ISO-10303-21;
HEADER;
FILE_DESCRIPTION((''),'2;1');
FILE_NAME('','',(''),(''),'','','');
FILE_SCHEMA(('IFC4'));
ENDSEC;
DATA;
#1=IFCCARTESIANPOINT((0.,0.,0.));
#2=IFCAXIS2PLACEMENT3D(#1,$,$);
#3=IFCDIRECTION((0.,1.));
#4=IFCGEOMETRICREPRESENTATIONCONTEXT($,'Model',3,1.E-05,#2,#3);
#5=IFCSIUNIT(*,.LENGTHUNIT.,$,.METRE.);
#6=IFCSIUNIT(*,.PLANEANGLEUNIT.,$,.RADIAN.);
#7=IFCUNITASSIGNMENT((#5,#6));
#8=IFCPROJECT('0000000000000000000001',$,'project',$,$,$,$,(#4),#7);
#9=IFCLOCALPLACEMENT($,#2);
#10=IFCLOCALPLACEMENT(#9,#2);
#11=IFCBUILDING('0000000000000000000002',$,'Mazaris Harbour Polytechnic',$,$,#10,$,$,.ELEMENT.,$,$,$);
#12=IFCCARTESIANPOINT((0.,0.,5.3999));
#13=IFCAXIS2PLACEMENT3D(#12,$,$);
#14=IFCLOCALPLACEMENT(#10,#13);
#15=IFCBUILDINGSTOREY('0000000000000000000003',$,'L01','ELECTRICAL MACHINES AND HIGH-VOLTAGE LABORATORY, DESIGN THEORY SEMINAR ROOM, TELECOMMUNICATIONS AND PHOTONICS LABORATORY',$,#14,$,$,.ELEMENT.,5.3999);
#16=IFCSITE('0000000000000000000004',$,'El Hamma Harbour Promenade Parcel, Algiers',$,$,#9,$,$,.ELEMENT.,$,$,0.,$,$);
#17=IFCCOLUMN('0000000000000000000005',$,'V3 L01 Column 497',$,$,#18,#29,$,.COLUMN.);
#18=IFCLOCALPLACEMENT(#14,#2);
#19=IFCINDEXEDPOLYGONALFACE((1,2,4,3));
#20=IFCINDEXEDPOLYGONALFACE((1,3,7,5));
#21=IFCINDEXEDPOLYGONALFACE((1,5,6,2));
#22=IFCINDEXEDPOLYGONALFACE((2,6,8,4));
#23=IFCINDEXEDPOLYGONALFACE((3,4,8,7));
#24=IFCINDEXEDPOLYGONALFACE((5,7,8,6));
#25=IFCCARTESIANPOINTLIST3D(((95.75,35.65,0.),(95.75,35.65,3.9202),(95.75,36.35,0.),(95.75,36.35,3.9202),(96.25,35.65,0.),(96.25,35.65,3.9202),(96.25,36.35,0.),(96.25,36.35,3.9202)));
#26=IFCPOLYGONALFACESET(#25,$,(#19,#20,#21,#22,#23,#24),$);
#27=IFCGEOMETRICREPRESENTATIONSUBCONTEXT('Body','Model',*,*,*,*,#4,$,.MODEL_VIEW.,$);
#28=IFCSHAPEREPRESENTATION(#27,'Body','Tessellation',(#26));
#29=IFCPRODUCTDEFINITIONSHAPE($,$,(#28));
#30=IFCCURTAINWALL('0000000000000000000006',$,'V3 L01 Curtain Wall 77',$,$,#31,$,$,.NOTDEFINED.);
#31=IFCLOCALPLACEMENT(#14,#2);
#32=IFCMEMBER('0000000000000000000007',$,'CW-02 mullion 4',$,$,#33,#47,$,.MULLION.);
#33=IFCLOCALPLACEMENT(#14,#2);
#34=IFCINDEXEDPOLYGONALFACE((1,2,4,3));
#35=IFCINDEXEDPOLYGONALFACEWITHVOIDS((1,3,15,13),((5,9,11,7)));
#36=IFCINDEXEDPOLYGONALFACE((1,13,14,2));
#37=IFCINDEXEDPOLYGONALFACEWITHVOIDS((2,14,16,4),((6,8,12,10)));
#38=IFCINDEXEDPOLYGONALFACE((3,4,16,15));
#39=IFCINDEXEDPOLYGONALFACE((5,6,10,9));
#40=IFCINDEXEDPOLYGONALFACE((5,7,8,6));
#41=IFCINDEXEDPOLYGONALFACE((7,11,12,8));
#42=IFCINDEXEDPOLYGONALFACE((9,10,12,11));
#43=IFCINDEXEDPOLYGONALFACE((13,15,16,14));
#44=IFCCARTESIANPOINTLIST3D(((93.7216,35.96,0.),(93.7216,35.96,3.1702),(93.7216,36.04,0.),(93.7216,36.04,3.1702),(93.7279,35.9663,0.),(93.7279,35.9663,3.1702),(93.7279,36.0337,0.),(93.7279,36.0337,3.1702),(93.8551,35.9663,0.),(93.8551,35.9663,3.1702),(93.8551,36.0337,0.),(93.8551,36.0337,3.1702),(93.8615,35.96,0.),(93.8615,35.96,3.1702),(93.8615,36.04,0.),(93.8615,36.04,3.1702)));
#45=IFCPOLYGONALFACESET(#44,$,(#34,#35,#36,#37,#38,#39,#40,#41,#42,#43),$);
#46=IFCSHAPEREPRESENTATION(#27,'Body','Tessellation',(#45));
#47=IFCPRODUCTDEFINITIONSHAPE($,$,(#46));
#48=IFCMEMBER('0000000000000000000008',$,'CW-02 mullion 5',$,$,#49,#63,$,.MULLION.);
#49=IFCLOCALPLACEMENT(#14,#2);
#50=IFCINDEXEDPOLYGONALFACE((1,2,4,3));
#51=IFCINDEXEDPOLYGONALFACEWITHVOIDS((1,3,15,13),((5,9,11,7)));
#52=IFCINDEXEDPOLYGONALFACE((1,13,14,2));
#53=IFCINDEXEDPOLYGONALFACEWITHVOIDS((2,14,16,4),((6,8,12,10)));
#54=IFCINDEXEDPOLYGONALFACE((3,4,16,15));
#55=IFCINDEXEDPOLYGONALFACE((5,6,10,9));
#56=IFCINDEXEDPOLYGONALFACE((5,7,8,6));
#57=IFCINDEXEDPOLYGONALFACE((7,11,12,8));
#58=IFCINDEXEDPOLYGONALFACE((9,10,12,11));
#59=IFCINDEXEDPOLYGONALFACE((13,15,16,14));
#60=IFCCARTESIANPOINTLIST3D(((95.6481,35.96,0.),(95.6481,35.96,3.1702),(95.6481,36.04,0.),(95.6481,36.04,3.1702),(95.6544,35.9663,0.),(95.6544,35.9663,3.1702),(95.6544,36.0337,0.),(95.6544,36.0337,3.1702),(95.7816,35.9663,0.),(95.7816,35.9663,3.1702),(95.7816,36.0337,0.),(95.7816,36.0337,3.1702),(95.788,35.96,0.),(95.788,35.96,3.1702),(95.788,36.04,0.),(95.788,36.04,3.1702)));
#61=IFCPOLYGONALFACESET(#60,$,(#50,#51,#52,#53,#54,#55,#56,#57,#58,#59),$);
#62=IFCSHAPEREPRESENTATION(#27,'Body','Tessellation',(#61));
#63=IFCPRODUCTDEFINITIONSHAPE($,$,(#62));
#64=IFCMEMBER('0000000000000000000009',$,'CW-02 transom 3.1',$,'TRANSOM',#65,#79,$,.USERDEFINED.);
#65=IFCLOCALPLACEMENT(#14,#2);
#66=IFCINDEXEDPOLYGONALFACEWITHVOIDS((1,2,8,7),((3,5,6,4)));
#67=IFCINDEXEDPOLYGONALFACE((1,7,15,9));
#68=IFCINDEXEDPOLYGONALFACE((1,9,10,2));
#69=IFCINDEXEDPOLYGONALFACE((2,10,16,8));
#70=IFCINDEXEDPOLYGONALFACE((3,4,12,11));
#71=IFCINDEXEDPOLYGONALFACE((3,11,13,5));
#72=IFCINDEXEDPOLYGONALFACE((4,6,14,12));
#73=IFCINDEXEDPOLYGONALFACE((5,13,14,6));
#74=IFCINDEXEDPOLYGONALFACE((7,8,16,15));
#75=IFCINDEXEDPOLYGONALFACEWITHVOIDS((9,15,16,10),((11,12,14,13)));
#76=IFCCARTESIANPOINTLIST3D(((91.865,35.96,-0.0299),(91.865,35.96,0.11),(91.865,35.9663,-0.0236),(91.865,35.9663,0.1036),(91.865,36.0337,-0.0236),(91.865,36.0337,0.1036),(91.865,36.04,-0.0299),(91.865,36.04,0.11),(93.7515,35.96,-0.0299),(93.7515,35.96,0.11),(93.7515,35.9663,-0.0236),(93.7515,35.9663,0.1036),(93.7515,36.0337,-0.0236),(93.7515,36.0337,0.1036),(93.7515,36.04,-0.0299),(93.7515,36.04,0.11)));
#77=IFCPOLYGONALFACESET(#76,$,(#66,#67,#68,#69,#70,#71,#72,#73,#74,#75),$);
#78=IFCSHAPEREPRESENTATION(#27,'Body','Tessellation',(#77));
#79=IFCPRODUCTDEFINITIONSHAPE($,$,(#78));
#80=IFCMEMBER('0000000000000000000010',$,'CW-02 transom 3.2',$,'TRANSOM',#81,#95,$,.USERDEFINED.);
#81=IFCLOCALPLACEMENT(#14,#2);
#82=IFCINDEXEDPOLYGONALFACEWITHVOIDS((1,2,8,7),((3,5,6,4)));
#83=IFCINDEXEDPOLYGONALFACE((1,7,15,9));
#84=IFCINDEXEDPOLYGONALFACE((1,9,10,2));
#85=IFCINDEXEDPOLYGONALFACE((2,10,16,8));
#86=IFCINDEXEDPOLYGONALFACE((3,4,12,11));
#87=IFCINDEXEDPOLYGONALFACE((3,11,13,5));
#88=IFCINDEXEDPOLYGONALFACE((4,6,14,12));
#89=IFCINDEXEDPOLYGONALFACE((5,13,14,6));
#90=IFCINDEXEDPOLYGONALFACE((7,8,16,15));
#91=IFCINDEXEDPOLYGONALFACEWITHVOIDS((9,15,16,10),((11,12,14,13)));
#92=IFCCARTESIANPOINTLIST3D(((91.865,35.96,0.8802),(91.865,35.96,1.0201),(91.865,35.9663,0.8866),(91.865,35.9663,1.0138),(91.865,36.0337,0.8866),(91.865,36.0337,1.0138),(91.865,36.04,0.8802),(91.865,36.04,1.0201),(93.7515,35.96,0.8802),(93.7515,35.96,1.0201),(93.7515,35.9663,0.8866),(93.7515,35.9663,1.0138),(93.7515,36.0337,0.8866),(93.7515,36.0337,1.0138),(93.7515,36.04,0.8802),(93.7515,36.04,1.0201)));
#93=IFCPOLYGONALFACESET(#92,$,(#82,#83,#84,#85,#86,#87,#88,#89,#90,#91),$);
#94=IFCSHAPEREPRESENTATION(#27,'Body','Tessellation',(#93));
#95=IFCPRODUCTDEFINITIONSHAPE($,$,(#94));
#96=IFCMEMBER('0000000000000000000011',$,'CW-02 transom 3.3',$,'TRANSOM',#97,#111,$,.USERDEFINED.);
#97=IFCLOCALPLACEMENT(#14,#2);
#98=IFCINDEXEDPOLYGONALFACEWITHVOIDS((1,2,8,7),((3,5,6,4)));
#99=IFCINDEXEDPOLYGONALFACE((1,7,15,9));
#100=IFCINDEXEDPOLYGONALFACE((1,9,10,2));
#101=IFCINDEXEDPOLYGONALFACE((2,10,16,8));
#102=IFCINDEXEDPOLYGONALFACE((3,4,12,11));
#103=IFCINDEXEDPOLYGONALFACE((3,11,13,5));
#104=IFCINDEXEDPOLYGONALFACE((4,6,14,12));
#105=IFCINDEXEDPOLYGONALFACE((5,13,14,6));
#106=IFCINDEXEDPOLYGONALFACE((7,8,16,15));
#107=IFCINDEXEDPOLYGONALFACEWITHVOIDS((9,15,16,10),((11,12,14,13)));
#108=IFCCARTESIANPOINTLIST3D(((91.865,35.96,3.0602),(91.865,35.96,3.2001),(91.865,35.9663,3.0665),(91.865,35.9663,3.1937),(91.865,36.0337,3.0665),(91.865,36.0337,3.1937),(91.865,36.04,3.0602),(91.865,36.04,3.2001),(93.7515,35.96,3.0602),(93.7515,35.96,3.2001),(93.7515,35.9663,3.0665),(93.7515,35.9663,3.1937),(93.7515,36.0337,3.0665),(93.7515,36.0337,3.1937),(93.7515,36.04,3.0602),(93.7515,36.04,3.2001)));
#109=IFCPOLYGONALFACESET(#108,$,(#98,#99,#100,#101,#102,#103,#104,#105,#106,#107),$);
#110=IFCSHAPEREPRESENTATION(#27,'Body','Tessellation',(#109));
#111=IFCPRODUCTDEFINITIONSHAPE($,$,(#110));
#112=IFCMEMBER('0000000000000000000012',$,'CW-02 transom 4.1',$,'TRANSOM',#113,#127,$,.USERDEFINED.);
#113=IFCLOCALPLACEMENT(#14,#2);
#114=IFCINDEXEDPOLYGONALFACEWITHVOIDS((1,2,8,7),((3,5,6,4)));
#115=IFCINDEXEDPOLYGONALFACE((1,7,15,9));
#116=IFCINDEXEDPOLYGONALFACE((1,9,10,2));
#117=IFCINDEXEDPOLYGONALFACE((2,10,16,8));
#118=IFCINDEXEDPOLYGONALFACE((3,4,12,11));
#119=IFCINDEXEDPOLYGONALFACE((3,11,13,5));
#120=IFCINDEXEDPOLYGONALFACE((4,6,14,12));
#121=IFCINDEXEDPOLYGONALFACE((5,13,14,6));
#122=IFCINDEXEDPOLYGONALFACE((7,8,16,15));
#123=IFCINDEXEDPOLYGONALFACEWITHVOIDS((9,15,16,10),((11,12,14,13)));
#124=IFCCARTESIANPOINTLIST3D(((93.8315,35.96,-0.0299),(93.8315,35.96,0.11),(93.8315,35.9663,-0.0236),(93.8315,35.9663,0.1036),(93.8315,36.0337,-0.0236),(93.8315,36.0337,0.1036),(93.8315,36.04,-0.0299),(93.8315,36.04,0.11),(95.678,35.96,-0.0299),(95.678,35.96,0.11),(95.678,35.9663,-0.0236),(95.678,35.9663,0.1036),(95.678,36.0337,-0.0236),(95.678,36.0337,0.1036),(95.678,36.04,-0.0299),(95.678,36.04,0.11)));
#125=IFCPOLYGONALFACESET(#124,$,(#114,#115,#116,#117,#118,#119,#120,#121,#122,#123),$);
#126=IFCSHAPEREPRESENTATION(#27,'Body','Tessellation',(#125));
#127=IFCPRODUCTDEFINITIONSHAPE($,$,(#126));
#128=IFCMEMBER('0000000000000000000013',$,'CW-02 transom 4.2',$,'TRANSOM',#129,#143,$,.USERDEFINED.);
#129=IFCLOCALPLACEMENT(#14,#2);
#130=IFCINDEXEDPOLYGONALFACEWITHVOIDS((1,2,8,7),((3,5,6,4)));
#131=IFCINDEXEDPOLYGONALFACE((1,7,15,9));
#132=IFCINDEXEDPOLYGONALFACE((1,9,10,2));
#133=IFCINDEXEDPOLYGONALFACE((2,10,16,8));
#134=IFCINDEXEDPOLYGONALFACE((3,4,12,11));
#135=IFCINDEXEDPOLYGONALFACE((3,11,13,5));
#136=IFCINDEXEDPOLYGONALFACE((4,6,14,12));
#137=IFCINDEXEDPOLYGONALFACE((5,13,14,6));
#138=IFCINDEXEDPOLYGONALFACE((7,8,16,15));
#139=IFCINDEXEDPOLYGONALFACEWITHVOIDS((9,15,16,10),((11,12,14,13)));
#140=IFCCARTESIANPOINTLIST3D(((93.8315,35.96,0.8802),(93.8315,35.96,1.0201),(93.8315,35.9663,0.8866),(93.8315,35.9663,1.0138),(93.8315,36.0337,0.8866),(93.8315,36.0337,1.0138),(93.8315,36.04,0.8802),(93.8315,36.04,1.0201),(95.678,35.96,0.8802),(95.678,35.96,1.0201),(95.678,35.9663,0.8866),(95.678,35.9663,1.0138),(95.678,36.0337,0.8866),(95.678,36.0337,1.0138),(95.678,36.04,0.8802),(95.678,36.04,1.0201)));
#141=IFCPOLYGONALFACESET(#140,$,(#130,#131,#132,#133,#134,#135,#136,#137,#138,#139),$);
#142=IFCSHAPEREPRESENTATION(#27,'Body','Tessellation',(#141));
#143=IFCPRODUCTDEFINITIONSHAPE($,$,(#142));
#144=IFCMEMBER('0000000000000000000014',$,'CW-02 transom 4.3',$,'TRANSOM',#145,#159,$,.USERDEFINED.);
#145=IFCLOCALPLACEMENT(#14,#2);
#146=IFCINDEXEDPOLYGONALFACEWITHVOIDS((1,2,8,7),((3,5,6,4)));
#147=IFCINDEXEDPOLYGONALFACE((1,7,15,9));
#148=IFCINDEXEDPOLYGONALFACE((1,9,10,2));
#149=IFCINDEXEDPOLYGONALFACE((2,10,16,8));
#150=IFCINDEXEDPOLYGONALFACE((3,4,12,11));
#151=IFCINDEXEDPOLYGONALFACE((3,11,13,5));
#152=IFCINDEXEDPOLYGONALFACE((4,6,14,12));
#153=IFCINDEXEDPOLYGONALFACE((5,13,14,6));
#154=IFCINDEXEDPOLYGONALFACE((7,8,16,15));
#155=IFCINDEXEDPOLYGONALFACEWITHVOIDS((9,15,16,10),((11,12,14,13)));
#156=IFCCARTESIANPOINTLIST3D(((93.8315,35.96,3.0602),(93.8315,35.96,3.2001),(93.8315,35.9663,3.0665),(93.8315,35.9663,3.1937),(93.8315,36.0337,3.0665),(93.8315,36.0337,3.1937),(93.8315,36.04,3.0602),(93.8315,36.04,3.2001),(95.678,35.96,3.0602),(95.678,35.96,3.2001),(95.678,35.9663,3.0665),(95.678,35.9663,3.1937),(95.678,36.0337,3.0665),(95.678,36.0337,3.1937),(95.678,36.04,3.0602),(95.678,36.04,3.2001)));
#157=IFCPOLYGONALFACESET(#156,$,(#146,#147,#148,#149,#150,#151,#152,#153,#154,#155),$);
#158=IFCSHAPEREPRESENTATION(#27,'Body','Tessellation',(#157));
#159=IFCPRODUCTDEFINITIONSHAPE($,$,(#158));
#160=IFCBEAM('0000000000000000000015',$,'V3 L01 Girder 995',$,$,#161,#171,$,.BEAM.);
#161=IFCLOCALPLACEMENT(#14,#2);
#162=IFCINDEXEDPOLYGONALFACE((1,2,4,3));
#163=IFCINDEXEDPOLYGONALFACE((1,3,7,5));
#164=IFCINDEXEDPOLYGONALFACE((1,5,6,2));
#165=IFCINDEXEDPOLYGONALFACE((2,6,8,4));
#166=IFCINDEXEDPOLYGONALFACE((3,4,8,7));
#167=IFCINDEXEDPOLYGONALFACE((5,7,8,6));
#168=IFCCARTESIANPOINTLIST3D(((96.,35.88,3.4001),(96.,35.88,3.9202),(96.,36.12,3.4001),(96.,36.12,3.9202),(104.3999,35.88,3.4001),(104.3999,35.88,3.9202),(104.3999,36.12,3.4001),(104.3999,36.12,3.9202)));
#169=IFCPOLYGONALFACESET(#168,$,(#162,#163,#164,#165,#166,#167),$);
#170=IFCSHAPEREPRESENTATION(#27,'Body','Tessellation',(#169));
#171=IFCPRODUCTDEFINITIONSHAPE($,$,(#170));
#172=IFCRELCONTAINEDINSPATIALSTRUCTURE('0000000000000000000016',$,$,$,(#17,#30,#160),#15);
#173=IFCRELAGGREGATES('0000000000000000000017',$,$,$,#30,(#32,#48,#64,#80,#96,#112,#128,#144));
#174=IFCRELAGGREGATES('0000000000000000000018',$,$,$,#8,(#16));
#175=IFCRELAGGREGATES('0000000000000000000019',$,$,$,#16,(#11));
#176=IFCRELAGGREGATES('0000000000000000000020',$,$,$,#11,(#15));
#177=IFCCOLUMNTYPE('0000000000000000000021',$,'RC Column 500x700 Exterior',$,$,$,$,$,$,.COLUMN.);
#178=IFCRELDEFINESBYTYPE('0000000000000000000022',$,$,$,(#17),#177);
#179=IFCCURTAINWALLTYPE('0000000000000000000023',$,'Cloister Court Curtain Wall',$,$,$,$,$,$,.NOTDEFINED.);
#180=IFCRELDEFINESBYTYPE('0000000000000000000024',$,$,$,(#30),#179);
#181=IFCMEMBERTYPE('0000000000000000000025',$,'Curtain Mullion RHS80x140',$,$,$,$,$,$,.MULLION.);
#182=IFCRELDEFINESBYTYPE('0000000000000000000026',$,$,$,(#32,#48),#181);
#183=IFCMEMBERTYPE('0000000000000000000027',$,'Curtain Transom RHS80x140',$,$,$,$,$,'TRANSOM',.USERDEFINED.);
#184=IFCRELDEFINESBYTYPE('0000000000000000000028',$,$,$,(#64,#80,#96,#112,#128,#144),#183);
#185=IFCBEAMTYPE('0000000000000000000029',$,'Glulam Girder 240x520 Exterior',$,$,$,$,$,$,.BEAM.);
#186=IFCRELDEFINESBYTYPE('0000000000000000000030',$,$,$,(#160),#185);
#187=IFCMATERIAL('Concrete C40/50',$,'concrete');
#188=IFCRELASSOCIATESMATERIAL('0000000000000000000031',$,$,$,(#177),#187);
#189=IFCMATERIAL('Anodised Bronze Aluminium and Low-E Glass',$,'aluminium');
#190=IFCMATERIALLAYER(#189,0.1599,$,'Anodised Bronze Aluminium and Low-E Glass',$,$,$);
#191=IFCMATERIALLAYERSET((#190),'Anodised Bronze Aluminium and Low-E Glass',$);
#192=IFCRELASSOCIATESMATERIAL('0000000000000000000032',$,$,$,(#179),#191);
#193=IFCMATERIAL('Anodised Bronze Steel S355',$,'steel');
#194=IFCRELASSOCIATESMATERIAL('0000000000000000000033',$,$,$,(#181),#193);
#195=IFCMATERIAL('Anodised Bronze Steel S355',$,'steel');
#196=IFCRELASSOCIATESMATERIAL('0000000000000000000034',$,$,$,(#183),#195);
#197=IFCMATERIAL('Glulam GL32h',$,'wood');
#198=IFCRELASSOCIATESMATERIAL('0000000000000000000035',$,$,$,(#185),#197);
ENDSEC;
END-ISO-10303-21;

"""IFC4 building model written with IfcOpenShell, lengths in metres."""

from ifc_helpers import new_model, si_unit, direction, frame, origin, origin_2d, place, context, subcontext, project, spatial, rectangle, hollow_rectangle, extrude, material, layer, layer_set, material_profile, profile_set, type_object, element, aggregate, save


model = new_model("IFC4")

# Units and contexts
model_context = context("Model", 3, precision=1e-05, world=origin(), true_north=direction((0.0, 1.0)))
body_context = subcontext(model_context, "Body", "Model", "MODEL_VIEW")
ifc_project = project(units=[si_unit("LENGTHUNIT", "METRE"), si_unit("PLANEANGLEUNIT", "RADIAN")], contexts=[model_context])

# Site, building, storey
site_placement = place(None, origin())
site = spatial("IfcSite", under=ifc_project, at=site_placement, Name="El Hamma Harbour Promenade Parcel, Algiers", CompositionType="ELEMENT", RefElevation=0.0)
building_placement = place(site_placement, origin())
building = spatial("IfcBuilding", under=site, at=building_placement, Name="Mazaris Harbour Polytechnic", CompositionType="ELEMENT")
storey_placement = place(building_placement, frame((0.0, 0.0, 5.3999)))
storey = spatial("IfcBuildingStorey", under=building, at=storey_placement, Name="L01", Description="ELECTRICAL MACHINES AND HIGH-VOLTAGE LABORATORY, DESIGN THEORY SEMINAR ROOM, TELECOMMUNICATIONS AND PHOTONICS LABORATORY", CompositionType="ELEMENT", Elevation=5.3999)

# Column
ifc_material_1 = material(Name="Concrete C40/50", Category="concrete")
ifc_material_profile_1 = material_profile(ifc_material_1, rectangle(XDim=0.5, YDim=0.7, at=origin_2d()), Name="RECT500x700")
ifc_profile_set_1 = profile_set([ifc_material_profile_1], Name="Concrete C40/50")
column_type = type_object("IfcColumnType", Name="RC Column 500x700 Exterior", PredefinedType="COLUMN", material=ifc_profile_set_1)
column_placement = place(storey_placement, frame((96.0, 36.0, 0.0), z_axis=(0.0, 0.0, 1.0), x_axis=(1.0, 0.0, 0.0)))
element("IfcColumn", 1, at=column_placement, inside=storey, type_object=column_type, Name="V3 L01 Column 497", PredefinedType="COLUMN", context=body_context, shape_type="SweptSolid", body=[
    extrude(rectangle(XDim=0.5, YDim=0.7, at=origin_2d()), origin(), (0.0, 0.0, 1.0), 3.9202),
])

# Curtain wall, members
ifc_material_2 = material(Name="Anodised Bronze Aluminium and Low-E Glass", Category="aluminium")
ifc_layer_1 = layer(ifc_material_2, 0.1599, Name="Anodised Bronze Aluminium and Low-E Glass")
ifc_layer_set_1 = layer_set([ifc_layer_1], Name="Anodised Bronze Aluminium and Low-E Glass")
curtain_wall_type = type_object("IfcCurtainWallType", Name="Cloister Court Curtain Wall", PredefinedType="NOTDEFINED", material=ifc_layer_set_1)
curtain_wall_placement = place(storey_placement, origin())
curtain_wall = element("IfcCurtainWall", 2, at=curtain_wall_placement, inside=storey, type_object=curtain_wall_type, Name="V3 L01 Curtain Wall 77", PredefinedType="NOTDEFINED")
ifc_material_3 = material(Name="Anodised Bronze Steel S355", Category="steel")
ifc_material_profile_2 = material_profile(ifc_material_3, hollow_rectangle(XDim=0.0801, YDim=0.1399, WallThickness=0.0063, at=origin_2d()), Name="RHS 80x140x6.3")
ifc_profile_set_2 = profile_set([ifc_material_profile_2], Name="Anodised Bronze Steel S355")
member_type_1 = type_object("IfcMemberType", Name="Curtain Mullion RHS80x140", PredefinedType="MULLION", material=ifc_profile_set_2)
member_1_placement = place(storey_placement, frame((93.7915, 36.0, 0.0), z_axis=(0.0, 0.0, 1.0), x_axis=(0.0, 1.0, 0.0)))
member_1 = element("IfcMember", 3, at=member_1_placement, type_object=member_type_1, Name="CW-02 mullion 4", PredefinedType="MULLION", context=body_context, shape_type="SweptSolid", body=[
    extrude(hollow_rectangle(XDim=0.0801, YDim=0.1399, WallThickness=0.0063, at=origin_2d()), origin(), (0.0, 0.0, 1.0), 3.1702),
])
member_2_placement = place(storey_placement, frame((95.718, 36.0, 0.0), z_axis=(0.0, 0.0, 1.0), x_axis=(0.0, 1.0, 0.0)))
member_2 = element("IfcMember", 4, at=member_2_placement, type_object=member_type_1, Name="CW-02 mullion 5", PredefinedType="MULLION", context=body_context, shape_type="SweptSolid", body=[
    extrude(hollow_rectangle(XDim=0.0801, YDim=0.1399, WallThickness=0.0063, at=origin_2d()), origin(), (0.0, 0.0, 1.0), 3.1702),
])
ifc_material_4 = material(Name="Anodised Bronze Steel S355", Category="steel")
ifc_material_profile_3 = material_profile(ifc_material_4, hollow_rectangle(XDim=0.0801, YDim=0.1399, WallThickness=0.0063, at=origin_2d()), Name="RHS 80x140x6.3")
ifc_profile_set_3 = profile_set([ifc_material_profile_3], Name="Anodised Bronze Steel S355")
member_type_2 = type_object("IfcMemberType", Name="Curtain Transom RHS80x140", ElementType="TRANSOM", PredefinedType="USERDEFINED", material=ifc_profile_set_3)
member_3_placement = place(storey_placement, frame((91.865, 36.0, 0.04), z_axis=(1.0, 0.0, 0.0), x_axis=(0.0, 1.0, 0.0)))
member_3 = element("IfcMember", 5, at=member_3_placement, type_object=member_type_2, Name="CW-02 transom 3.1", ObjectType="TRANSOM", PredefinedType="USERDEFINED", context=body_context, shape_type="SweptSolid", body=[
    extrude(hollow_rectangle(XDim=0.0801, YDim=0.1399, WallThickness=0.0063, at=origin_2d()), origin(), (0.0, 0.0, 1.0), 1.8865),
])
member_4_placement = place(storey_placement, frame((91.865, 36.0, 0.9502), z_axis=(1.0, 0.0, 0.0), x_axis=(0.0, 1.0, 0.0)))
member_4 = element("IfcMember", 6, at=member_4_placement, type_object=member_type_2, Name="CW-02 transom 3.2", ObjectType="TRANSOM", PredefinedType="USERDEFINED", context=body_context, shape_type="SweptSolid", body=[
    extrude(hollow_rectangle(XDim=0.0801, YDim=0.1399, WallThickness=0.0063, at=origin_2d()), origin(), (0.0, 0.0, 1.0), 1.8865),
])
member_5_placement = place(storey_placement, frame((91.865, 36.0, 3.1301), z_axis=(1.0, 0.0, 0.0), x_axis=(0.0, 1.0, 0.0)))
member_5 = element("IfcMember", 7, at=member_5_placement, type_object=member_type_2, Name="CW-02 transom 3.3", ObjectType="TRANSOM", PredefinedType="USERDEFINED", context=body_context, shape_type="SweptSolid", body=[
    extrude(hollow_rectangle(XDim=0.0801, YDim=0.1399, WallThickness=0.0063, at=origin_2d()), origin(), (0.0, 0.0, 1.0), 1.8865),
])
member_6_placement = place(storey_placement, frame((93.8315, 36.0, 0.04), z_axis=(1.0, 0.0, 0.0), x_axis=(0.0, 1.0, 0.0)))
member_6 = element("IfcMember", 8, at=member_6_placement, type_object=member_type_2, Name="CW-02 transom 4.1", ObjectType="TRANSOM", PredefinedType="USERDEFINED", context=body_context, shape_type="SweptSolid", body=[
    extrude(hollow_rectangle(XDim=0.0801, YDim=0.1399, WallThickness=0.0063, at=origin_2d()), origin(), (0.0, 0.0, 1.0), 1.8464),
])
member_7_placement = place(storey_placement, frame((93.8315, 36.0, 0.9502), z_axis=(1.0, 0.0, 0.0), x_axis=(0.0, 1.0, 0.0)))
member_7 = element("IfcMember", 9, at=member_7_placement, type_object=member_type_2, Name="CW-02 transom 4.2", ObjectType="TRANSOM", PredefinedType="USERDEFINED", context=body_context, shape_type="SweptSolid", body=[
    extrude(hollow_rectangle(XDim=0.0801, YDim=0.1399, WallThickness=0.0063, at=origin_2d()), origin(), (0.0, 0.0, 1.0), 1.8464),
])
member_8_placement = place(storey_placement, frame((93.8315, 36.0, 3.1301), z_axis=(1.0, 0.0, 0.0), x_axis=(0.0, 1.0, 0.0)))
member_8 = element("IfcMember", 10, at=member_8_placement, type_object=member_type_2, Name="CW-02 transom 4.3", ObjectType="TRANSOM", PredefinedType="USERDEFINED", context=body_context, shape_type="SweptSolid", body=[
    extrude(hollow_rectangle(XDim=0.0801, YDim=0.1399, WallThickness=0.0063, at=origin_2d()), origin(), (0.0, 0.0, 1.0), 1.8464),
])

# Beam
ifc_material_5 = material(Name="Glulam GL32h", Category="wood")
ifc_material_profile_4 = material_profile(ifc_material_5, rectangle(XDim=0.24, YDim=0.52, at=origin_2d()), Name="RECT240x520")
ifc_profile_set_4 = profile_set([ifc_material_profile_4], Name="Glulam GL32h")
beam_type_1 = type_object("IfcBeamType", Name="Glulam Girder 240x520 Exterior", PredefinedType="BEAM", material=ifc_profile_set_4)
beam_1_placement = place(storey_placement, frame((96.0, 36.0, 3.6602), z_axis=(1.0, 0.0, 0.0), x_axis=(0.0, 1.0, 0.0)))
element("IfcBeam", 11, at=beam_1_placement, inside=storey, type_object=beam_type_1, Name="V3 L01 Girder 995", PredefinedType="BEAM", context=body_context, shape_type="SweptSolid", body=[
    extrude(rectangle(XDim=0.24, YDim=0.52, at=origin_2d()), origin(), (0.0, 0.0, 1.0), 8.3999),
])

aggregate(curtain_wall, [member_1, member_2, member_3, member_4, member_5, member_6, member_7, member_8])

save(model, "model.ifc")
